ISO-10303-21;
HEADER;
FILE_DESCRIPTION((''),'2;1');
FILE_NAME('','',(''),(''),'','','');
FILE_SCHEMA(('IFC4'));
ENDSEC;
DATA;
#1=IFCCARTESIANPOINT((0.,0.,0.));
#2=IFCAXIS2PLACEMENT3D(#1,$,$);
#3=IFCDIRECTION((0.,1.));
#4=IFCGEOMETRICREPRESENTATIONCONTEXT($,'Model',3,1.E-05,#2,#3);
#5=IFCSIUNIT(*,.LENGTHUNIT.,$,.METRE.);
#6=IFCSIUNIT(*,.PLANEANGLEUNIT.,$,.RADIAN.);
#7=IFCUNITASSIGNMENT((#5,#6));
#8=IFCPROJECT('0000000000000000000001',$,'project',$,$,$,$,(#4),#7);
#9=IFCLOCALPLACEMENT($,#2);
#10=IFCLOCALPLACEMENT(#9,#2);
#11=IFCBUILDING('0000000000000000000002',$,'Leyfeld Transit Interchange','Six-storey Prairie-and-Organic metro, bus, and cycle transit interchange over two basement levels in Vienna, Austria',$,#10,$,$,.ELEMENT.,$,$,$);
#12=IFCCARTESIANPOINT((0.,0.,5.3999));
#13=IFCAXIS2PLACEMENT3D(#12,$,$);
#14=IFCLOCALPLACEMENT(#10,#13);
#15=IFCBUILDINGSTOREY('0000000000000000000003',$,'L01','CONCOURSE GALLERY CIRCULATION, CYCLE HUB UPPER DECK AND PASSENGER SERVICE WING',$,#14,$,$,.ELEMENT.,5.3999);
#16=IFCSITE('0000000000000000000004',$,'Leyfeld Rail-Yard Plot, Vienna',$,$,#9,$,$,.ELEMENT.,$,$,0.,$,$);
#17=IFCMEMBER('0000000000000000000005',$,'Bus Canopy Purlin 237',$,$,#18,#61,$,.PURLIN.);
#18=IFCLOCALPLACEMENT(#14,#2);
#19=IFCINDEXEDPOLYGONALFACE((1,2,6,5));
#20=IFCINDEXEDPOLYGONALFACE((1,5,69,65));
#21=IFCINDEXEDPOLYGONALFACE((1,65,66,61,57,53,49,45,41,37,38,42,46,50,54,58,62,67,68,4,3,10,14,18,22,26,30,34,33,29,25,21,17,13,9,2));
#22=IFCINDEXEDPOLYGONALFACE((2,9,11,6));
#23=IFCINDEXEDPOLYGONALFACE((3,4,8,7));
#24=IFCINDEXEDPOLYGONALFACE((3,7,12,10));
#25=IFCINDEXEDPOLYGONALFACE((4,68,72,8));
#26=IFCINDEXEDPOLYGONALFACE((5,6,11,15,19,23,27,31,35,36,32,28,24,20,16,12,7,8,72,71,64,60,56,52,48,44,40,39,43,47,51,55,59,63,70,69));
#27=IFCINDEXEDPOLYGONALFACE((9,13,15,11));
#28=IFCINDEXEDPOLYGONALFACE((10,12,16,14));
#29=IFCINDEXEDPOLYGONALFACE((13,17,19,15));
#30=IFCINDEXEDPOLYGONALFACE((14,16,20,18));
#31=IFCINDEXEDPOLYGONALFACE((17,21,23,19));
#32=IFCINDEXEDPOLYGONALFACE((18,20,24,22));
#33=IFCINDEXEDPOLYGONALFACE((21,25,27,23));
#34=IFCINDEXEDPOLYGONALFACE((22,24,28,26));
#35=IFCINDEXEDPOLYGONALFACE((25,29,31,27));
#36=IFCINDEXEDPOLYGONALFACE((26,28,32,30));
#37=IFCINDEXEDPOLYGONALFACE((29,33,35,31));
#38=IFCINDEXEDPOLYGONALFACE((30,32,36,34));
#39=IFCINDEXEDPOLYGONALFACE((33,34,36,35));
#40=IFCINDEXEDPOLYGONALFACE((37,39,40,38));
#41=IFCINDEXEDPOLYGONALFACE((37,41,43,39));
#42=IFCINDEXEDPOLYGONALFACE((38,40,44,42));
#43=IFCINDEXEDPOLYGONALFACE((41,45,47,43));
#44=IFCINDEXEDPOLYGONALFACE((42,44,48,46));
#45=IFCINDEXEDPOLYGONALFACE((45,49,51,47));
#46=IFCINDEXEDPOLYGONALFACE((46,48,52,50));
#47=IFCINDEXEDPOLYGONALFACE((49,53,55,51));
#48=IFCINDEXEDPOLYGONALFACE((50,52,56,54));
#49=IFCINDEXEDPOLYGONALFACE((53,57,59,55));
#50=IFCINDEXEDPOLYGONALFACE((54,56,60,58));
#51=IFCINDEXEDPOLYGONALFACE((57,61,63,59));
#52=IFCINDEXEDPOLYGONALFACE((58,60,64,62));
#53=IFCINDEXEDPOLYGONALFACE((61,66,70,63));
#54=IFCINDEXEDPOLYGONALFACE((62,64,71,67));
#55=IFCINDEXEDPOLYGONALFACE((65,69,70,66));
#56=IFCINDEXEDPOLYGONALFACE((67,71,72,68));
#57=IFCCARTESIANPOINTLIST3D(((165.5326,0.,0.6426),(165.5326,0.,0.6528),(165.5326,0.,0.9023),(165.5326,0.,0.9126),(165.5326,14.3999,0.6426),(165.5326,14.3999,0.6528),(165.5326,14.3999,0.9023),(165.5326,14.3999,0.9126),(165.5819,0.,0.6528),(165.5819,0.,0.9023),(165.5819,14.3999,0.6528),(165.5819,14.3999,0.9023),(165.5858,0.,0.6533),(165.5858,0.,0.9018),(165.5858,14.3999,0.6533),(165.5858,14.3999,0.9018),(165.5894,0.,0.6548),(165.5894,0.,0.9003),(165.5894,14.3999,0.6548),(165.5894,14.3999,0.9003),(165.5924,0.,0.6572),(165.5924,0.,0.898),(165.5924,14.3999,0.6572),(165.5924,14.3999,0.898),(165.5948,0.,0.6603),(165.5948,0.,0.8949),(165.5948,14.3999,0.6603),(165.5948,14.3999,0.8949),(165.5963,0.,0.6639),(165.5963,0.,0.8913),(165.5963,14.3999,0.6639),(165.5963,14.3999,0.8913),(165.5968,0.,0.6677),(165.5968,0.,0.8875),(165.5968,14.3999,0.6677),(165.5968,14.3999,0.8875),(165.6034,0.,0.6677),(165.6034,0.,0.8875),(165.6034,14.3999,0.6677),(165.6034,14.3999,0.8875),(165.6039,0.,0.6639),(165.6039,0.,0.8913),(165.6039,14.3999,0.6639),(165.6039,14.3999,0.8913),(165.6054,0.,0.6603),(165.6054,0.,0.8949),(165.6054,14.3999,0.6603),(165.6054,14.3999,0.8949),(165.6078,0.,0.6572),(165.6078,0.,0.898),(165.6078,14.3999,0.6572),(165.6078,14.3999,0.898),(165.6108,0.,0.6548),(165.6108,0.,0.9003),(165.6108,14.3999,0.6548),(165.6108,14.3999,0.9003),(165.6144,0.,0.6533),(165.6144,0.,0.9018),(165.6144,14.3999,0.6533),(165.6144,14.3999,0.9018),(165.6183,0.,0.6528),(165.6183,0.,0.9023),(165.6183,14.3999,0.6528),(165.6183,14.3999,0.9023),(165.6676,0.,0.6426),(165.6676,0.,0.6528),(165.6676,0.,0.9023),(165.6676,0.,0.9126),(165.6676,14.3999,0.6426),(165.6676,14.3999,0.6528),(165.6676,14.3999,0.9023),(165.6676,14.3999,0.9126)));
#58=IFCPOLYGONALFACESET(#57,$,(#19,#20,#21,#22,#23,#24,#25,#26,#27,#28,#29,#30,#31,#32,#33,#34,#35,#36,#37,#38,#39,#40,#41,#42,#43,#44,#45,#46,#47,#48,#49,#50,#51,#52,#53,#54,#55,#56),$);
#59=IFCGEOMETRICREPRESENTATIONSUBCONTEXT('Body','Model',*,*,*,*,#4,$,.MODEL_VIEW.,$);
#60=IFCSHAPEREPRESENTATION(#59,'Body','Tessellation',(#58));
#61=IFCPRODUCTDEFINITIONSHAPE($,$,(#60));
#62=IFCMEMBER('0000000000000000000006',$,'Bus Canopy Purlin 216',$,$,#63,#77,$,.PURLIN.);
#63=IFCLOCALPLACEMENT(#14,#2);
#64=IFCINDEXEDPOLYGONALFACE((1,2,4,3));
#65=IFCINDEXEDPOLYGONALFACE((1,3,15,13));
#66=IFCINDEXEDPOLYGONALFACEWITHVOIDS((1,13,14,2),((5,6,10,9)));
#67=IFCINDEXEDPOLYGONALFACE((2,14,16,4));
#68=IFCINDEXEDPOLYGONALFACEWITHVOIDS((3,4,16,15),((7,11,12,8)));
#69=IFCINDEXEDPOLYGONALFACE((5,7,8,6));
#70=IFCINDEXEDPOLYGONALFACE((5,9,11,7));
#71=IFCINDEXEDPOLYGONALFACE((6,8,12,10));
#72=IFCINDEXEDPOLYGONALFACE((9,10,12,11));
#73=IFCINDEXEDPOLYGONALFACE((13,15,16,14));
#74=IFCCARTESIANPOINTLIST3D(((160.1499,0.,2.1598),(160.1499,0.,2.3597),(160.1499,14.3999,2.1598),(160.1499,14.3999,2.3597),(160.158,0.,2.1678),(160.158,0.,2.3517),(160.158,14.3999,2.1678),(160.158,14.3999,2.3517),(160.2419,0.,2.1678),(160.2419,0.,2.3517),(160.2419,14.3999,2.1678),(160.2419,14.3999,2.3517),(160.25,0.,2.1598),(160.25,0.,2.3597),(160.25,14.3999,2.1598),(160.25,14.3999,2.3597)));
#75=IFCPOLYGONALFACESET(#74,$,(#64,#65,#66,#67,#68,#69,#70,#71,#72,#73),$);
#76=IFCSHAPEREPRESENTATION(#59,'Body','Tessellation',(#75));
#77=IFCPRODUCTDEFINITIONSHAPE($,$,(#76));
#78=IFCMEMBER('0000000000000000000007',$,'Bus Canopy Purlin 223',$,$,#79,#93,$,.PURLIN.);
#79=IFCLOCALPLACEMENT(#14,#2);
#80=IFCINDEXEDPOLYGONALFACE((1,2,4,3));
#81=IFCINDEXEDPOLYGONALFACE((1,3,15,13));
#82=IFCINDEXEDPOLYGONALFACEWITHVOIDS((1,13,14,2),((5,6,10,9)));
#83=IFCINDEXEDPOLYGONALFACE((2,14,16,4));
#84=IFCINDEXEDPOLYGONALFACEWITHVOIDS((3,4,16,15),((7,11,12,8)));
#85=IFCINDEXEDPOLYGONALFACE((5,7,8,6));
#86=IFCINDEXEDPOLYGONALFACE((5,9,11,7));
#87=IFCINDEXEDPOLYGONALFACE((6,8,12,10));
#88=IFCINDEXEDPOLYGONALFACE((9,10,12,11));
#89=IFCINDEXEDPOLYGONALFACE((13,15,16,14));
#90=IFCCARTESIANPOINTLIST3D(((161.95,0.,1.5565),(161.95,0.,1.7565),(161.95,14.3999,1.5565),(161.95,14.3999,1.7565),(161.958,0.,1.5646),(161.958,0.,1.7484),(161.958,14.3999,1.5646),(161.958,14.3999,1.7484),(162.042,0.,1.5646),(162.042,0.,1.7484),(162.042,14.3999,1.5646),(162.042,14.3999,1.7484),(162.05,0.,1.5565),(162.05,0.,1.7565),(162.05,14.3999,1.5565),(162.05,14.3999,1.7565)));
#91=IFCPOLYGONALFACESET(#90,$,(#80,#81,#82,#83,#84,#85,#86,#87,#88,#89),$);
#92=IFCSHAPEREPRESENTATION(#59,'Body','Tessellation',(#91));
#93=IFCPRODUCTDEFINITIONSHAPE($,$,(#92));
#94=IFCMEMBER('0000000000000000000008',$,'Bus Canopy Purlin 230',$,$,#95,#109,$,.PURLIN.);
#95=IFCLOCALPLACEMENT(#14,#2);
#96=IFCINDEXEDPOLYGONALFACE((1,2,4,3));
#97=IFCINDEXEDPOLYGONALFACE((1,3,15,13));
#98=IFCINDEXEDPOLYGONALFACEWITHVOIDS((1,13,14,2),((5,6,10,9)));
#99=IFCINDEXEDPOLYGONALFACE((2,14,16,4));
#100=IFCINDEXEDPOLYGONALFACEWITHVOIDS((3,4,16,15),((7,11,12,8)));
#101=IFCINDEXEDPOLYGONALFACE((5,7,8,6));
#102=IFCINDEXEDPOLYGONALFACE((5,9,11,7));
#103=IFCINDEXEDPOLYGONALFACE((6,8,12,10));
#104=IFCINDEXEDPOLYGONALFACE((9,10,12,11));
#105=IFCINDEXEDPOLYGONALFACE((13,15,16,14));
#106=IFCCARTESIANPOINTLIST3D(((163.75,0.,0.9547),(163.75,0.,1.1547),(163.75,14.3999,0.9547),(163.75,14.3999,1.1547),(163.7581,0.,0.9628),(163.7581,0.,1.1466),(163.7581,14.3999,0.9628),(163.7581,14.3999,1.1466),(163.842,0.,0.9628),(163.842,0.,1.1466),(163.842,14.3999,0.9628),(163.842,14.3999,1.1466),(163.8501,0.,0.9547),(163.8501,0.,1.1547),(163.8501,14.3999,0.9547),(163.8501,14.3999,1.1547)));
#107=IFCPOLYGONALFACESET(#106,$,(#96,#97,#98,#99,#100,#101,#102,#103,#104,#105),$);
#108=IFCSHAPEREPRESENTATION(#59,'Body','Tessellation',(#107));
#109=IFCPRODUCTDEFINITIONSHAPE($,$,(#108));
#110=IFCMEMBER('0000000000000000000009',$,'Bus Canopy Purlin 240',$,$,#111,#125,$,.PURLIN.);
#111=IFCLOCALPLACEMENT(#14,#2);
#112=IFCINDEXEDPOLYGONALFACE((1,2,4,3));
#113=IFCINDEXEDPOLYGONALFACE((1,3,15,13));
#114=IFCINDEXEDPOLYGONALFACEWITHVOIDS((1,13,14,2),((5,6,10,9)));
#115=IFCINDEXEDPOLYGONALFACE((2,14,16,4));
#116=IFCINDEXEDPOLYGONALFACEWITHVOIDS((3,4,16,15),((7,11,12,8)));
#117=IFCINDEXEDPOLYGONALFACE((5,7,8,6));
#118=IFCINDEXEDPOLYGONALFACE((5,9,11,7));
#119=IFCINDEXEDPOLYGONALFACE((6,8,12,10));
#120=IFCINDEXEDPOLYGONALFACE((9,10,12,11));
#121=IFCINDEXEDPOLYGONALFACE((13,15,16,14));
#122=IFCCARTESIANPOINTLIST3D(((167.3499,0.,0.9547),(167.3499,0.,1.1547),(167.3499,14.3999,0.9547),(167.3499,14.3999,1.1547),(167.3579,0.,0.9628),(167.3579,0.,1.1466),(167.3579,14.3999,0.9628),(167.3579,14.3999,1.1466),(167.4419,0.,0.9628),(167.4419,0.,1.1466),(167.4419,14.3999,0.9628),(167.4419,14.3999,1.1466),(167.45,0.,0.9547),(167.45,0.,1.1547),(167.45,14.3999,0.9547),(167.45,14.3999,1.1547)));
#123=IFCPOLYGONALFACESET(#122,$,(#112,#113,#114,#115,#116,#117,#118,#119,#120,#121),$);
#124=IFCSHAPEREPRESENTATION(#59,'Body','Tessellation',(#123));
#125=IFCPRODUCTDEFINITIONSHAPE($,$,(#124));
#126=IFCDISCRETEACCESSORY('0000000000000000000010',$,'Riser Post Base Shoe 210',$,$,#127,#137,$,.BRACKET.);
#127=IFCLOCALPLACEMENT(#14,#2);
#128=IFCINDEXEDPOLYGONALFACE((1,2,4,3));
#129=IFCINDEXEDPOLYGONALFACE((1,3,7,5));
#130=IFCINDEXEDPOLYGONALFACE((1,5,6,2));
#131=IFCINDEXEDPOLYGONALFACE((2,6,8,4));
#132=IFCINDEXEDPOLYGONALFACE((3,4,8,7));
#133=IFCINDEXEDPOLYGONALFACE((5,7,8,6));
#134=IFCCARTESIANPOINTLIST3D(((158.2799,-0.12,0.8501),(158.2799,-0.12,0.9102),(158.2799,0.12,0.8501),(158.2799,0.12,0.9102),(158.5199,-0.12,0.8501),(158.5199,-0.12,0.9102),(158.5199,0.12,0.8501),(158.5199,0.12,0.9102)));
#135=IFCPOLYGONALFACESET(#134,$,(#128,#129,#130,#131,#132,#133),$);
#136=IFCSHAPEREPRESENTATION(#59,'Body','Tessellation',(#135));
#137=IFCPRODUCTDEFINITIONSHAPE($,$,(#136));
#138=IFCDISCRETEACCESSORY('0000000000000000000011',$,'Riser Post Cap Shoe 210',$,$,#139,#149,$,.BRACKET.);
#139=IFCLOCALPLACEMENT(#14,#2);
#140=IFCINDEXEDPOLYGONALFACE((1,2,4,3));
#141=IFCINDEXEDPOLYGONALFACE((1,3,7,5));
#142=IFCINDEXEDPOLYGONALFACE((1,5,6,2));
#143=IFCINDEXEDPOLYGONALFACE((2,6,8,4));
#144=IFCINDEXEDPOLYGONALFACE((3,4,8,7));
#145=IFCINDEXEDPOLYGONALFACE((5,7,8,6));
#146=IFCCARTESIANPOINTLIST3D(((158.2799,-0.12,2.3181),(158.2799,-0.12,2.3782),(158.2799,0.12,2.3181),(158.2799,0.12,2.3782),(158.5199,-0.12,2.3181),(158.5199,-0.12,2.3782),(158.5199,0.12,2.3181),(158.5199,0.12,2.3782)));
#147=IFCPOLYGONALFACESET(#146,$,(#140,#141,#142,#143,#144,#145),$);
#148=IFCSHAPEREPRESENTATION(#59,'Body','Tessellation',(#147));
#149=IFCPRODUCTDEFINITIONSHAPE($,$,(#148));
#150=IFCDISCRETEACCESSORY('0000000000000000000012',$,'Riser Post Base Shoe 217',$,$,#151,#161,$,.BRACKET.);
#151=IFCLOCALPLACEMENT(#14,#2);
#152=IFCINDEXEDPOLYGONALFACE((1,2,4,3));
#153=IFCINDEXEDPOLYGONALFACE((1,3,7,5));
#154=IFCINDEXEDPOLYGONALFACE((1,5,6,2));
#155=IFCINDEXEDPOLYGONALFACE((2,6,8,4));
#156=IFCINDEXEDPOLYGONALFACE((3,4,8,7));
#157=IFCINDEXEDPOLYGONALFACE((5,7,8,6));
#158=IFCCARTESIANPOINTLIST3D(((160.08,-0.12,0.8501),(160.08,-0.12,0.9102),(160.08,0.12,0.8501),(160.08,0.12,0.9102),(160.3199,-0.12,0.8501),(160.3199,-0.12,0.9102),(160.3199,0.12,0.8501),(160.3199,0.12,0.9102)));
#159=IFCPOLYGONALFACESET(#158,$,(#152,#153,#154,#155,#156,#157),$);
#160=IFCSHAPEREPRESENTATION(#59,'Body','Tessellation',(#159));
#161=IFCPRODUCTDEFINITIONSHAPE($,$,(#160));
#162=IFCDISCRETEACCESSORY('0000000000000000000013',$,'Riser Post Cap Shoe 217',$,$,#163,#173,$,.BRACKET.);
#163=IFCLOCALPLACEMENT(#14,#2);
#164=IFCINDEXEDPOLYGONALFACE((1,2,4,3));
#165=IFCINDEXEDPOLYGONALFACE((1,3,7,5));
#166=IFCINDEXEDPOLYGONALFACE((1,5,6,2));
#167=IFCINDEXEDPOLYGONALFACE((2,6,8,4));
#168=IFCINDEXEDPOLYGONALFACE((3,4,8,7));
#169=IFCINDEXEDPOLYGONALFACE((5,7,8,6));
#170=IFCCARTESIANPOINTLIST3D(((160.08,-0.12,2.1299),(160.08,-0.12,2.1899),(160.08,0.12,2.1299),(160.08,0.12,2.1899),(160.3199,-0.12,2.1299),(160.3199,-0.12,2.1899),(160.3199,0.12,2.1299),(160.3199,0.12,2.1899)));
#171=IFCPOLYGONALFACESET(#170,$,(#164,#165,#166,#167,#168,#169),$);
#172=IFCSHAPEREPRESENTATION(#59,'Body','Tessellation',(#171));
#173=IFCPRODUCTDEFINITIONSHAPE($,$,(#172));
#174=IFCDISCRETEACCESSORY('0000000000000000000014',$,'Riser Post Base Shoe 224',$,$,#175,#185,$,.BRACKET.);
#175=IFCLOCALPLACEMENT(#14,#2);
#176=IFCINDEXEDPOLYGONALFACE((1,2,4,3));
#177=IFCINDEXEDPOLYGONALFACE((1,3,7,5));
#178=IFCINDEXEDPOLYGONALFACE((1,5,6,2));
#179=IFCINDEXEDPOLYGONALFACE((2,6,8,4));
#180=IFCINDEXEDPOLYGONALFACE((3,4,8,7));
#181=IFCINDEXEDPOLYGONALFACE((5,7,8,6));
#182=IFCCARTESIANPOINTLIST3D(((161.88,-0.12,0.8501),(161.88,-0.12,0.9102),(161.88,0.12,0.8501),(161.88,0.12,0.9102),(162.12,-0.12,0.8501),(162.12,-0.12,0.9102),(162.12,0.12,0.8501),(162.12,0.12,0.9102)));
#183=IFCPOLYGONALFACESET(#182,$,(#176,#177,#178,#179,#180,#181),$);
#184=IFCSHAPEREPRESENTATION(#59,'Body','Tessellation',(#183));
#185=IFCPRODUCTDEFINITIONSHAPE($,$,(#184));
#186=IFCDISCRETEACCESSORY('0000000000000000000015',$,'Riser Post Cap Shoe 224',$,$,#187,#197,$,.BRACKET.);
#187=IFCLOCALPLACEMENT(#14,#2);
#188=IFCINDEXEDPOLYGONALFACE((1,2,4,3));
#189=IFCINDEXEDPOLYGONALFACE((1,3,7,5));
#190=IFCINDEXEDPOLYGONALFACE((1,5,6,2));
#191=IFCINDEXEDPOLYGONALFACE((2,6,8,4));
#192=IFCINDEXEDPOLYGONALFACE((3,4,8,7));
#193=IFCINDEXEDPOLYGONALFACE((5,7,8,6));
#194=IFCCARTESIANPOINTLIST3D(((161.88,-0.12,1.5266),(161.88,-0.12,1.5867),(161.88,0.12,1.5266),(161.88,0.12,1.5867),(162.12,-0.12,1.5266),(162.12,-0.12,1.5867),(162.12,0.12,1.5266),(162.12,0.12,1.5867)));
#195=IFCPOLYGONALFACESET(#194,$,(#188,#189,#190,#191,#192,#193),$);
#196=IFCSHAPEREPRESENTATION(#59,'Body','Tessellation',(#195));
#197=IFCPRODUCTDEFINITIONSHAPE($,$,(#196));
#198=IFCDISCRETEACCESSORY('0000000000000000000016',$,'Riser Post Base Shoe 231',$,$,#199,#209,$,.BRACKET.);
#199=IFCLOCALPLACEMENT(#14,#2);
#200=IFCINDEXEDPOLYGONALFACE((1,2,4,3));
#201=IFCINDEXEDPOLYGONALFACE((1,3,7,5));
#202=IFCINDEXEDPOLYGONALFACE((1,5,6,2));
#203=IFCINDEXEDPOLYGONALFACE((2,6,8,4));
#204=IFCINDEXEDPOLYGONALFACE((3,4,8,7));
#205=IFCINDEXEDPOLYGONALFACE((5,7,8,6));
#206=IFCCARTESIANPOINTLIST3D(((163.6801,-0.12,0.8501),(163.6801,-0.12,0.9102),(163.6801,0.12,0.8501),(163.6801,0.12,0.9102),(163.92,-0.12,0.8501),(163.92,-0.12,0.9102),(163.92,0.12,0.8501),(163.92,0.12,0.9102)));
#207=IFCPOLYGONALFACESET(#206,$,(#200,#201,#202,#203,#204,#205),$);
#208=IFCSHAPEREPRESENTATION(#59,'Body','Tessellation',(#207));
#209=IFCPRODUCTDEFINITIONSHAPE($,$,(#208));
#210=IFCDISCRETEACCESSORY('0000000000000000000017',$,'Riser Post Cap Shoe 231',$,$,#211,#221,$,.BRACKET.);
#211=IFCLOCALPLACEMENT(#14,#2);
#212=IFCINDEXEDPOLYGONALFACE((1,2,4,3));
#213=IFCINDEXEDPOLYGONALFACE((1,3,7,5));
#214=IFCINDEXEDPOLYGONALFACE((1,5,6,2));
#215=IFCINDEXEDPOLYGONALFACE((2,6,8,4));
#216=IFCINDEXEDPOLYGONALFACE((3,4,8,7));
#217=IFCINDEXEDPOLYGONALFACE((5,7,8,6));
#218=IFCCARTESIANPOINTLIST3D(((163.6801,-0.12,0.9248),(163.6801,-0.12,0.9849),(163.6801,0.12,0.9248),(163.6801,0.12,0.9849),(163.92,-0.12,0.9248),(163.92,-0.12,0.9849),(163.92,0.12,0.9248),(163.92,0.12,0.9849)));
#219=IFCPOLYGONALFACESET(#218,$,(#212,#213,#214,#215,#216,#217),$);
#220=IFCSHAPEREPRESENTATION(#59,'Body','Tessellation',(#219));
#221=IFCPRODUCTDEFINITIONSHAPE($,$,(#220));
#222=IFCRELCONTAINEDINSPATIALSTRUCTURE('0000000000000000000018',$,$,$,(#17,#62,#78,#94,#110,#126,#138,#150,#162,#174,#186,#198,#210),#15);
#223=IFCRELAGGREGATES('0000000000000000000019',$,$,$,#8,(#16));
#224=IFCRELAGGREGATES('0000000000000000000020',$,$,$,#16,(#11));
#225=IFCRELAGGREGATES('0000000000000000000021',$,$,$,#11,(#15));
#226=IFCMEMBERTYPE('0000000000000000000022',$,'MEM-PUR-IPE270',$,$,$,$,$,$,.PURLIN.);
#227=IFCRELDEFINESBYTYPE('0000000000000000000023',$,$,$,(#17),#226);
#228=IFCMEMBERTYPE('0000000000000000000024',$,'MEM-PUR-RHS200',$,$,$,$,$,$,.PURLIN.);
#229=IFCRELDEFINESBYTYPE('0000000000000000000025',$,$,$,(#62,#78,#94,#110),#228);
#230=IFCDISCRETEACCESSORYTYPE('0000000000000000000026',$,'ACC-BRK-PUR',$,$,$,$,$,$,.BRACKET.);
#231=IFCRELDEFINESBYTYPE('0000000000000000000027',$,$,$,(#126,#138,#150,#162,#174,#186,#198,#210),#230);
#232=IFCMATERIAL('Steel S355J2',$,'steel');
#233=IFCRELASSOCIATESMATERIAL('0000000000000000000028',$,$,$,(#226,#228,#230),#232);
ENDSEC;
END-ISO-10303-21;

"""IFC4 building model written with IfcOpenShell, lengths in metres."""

from ifc_helpers import new_model, si_unit, direction, frame, origin, origin_2d, place, context, subcontext, project, spatial, rectangle, hollow_rectangle, i_section, extrude, material, material_profile, profile_set, type_object, element, save


model = new_model("IFC4")

# Units and contexts
model_context = context("Model", 3, precision=1e-05, world=origin(), true_north=direction((0.0, 1.0)))
body_context = subcontext(model_context, "Body", "Model", "MODEL_VIEW")
ifc_project = project(units=[si_unit("LENGTHUNIT", "METRE"), si_unit("PLANEANGLEUNIT", "RADIAN")], contexts=[model_context])

# Site, building, storey
site_placement = place(None, origin())
site = spatial("IfcSite", under=ifc_project, at=site_placement, Name="Leyfeld Rail-Yard Plot, Vienna", CompositionType="ELEMENT", RefElevation=0.0)
building_placement = place(site_placement, origin())
building = spatial("IfcBuilding", under=site, at=building_placement, Name="Leyfeld Transit Interchange", Description="Six-storey Prairie-and-Organic metro, bus, and cycle transit interchange over two basement levels in Vienna, Austria", CompositionType="ELEMENT")
storey_placement = place(building_placement, frame((0.0, 0.0, 5.3999)))
storey = spatial("IfcBuildingStorey", under=building, at=storey_placement, Name="L01", Description="CONCOURSE GALLERY CIRCULATION, CYCLE HUB UPPER DECK AND PASSENGER SERVICE WING", CompositionType="ELEMENT", Elevation=5.3999)

# Shared definitions
ifc_material = material(Name="Steel S355J2", Category="steel")

# Members
ifc_material_profile_1 = material_profile(ifc_material, i_section(OverallWidth=0.135, OverallDepth=0.27, WebThickness=0.0066, FlangeThickness=0.0103, FilletRadius=0.0149, at=origin_2d()), Name="IPE 270")
ifc_profile_set_1 = profile_set([ifc_material_profile_1], Name="Steel S355J2")
member_type_1 = type_object("IfcMemberType", Name="MEM-PUR-IPE270", PredefinedType="PURLIN", material=ifc_profile_set_1)
for number, where, z_axis, x_axis, name in (
    (1, (165.6001, 0.0, 0.7776), (0.0, 1.0, 0.0), (-1.0, 0.0, 0.0), "Bus Canopy Purlin 237"),
):
    element("IfcMember", number, at=place(storey_placement, frame(where, z_axis=z_axis, x_axis=x_axis)), inside=storey, type_object=member_type_1, Name=name, PredefinedType="PURLIN", context=body_context, shape_type="SweptSolid", body=[
        extrude(i_section(OverallWidth=0.135, OverallDepth=0.27, WebThickness=0.0066, FlangeThickness=0.0103, FilletRadius=0.0149, at=origin_2d()), origin(), (0.0, 0.0, 1.0), 14.3999),
    ])
ifc_material_profile_2 = material_profile(ifc_material, hollow_rectangle(XDim=0.1001, YDim=0.2, WallThickness=0.0081, at=origin_2d()), Name="RHS 200x100x8")
ifc_profile_set_2 = profile_set([ifc_material_profile_2], Name="Steel S355J2")
member_type_2 = type_object("IfcMemberType", Name="MEM-PUR-RHS200", PredefinedType="PURLIN", material=ifc_profile_set_2)
for number, where, z_axis, x_axis, name in (
    (2, (160.2, 0.0, 2.2598), (0.0, 1.0, 0.0), (-1.0, 0.0, 0.0), "Bus Canopy Purlin 216"),
    (3, (162.0, 0.0, 1.6565), (0.0, 1.0, 0.0), (-1.0, 0.0, 0.0), "Bus Canopy Purlin 223"),
    (4, (163.8, 0.0, 1.0547), (0.0, 1.0, 0.0), (-1.0, 0.0, 0.0), "Bus Canopy Purlin 230"),
    (5, (167.3999, 0.0, 1.0547), (0.0, 1.0, 0.0), (-1.0, 0.0, 0.0), "Bus Canopy Purlin 240"),
):
    element("IfcMember", number, at=place(storey_placement, frame(where, z_axis=z_axis, x_axis=x_axis)), inside=storey, type_object=member_type_2, Name=name, PredefinedType="PURLIN", context=body_context, shape_type="SweptSolid", body=[
        extrude(hollow_rectangle(XDim=0.1001, YDim=0.2, WallThickness=0.0081, at=origin_2d()), origin(), (0.0, 0.0, 1.0), 14.3999),
    ])

# Discrete accessories
discrete_accessory_type = type_object("IfcDiscreteAccessoryType", Name="ACC-BRK-PUR", PredefinedType="BRACKET", material=ifc_material)
for number, where, z_axis, x_axis, name in (
    (6, (158.3999, 0.0, 0.8501), (0.0, 0.0, 1.0), (1.0, 0.0, 0.0), "Riser Post Base Shoe 210"),
    (7, (158.3999, 0.0, 2.3181), (0.0, 0.0, 1.0), (1.0, 0.0, 0.0), "Riser Post Cap Shoe 210"),
    (8, (160.2, 0.0, 0.8501), (0.0, 0.0, 1.0), (1.0, 0.0, 0.0), "Riser Post Base Shoe 217"),
    (9, (160.2, 0.0, 2.1299), (0.0, 0.0, 1.0), (1.0, 0.0, 0.0), "Riser Post Cap Shoe 217"),
    (10, (162.0, 0.0, 0.8501), (0.0, 0.0, 1.0), (1.0, 0.0, 0.0), "Riser Post Base Shoe 224"),
    (11, (162.0, 0.0, 1.5266), (0.0, 0.0, 1.0), (1.0, 0.0, 0.0), "Riser Post Cap Shoe 224"),
    (12, (163.8, 0.0, 0.8501), (0.0, 0.0, 1.0), (1.0, 0.0, 0.0), "Riser Post Base Shoe 231"),
    (13, (163.8, 0.0, 0.9248), (0.0, 0.0, 1.0), (1.0, 0.0, 0.0), "Riser Post Cap Shoe 231"),
):
    element("IfcDiscreteAccessory", number, at=place(storey_placement, frame(where, z_axis=z_axis, x_axis=x_axis)), inside=storey, type_object=discrete_accessory_type, Name=name, PredefinedType="BRACKET", context=body_context, shape_type="SweptSolid", body=[
        extrude(rectangle(XDim=0.24, YDim=0.24, at=origin_2d()), origin(), (0.0, 0.0, 1.0), 0.0601),
    ])

save(model, "model.ifc")
